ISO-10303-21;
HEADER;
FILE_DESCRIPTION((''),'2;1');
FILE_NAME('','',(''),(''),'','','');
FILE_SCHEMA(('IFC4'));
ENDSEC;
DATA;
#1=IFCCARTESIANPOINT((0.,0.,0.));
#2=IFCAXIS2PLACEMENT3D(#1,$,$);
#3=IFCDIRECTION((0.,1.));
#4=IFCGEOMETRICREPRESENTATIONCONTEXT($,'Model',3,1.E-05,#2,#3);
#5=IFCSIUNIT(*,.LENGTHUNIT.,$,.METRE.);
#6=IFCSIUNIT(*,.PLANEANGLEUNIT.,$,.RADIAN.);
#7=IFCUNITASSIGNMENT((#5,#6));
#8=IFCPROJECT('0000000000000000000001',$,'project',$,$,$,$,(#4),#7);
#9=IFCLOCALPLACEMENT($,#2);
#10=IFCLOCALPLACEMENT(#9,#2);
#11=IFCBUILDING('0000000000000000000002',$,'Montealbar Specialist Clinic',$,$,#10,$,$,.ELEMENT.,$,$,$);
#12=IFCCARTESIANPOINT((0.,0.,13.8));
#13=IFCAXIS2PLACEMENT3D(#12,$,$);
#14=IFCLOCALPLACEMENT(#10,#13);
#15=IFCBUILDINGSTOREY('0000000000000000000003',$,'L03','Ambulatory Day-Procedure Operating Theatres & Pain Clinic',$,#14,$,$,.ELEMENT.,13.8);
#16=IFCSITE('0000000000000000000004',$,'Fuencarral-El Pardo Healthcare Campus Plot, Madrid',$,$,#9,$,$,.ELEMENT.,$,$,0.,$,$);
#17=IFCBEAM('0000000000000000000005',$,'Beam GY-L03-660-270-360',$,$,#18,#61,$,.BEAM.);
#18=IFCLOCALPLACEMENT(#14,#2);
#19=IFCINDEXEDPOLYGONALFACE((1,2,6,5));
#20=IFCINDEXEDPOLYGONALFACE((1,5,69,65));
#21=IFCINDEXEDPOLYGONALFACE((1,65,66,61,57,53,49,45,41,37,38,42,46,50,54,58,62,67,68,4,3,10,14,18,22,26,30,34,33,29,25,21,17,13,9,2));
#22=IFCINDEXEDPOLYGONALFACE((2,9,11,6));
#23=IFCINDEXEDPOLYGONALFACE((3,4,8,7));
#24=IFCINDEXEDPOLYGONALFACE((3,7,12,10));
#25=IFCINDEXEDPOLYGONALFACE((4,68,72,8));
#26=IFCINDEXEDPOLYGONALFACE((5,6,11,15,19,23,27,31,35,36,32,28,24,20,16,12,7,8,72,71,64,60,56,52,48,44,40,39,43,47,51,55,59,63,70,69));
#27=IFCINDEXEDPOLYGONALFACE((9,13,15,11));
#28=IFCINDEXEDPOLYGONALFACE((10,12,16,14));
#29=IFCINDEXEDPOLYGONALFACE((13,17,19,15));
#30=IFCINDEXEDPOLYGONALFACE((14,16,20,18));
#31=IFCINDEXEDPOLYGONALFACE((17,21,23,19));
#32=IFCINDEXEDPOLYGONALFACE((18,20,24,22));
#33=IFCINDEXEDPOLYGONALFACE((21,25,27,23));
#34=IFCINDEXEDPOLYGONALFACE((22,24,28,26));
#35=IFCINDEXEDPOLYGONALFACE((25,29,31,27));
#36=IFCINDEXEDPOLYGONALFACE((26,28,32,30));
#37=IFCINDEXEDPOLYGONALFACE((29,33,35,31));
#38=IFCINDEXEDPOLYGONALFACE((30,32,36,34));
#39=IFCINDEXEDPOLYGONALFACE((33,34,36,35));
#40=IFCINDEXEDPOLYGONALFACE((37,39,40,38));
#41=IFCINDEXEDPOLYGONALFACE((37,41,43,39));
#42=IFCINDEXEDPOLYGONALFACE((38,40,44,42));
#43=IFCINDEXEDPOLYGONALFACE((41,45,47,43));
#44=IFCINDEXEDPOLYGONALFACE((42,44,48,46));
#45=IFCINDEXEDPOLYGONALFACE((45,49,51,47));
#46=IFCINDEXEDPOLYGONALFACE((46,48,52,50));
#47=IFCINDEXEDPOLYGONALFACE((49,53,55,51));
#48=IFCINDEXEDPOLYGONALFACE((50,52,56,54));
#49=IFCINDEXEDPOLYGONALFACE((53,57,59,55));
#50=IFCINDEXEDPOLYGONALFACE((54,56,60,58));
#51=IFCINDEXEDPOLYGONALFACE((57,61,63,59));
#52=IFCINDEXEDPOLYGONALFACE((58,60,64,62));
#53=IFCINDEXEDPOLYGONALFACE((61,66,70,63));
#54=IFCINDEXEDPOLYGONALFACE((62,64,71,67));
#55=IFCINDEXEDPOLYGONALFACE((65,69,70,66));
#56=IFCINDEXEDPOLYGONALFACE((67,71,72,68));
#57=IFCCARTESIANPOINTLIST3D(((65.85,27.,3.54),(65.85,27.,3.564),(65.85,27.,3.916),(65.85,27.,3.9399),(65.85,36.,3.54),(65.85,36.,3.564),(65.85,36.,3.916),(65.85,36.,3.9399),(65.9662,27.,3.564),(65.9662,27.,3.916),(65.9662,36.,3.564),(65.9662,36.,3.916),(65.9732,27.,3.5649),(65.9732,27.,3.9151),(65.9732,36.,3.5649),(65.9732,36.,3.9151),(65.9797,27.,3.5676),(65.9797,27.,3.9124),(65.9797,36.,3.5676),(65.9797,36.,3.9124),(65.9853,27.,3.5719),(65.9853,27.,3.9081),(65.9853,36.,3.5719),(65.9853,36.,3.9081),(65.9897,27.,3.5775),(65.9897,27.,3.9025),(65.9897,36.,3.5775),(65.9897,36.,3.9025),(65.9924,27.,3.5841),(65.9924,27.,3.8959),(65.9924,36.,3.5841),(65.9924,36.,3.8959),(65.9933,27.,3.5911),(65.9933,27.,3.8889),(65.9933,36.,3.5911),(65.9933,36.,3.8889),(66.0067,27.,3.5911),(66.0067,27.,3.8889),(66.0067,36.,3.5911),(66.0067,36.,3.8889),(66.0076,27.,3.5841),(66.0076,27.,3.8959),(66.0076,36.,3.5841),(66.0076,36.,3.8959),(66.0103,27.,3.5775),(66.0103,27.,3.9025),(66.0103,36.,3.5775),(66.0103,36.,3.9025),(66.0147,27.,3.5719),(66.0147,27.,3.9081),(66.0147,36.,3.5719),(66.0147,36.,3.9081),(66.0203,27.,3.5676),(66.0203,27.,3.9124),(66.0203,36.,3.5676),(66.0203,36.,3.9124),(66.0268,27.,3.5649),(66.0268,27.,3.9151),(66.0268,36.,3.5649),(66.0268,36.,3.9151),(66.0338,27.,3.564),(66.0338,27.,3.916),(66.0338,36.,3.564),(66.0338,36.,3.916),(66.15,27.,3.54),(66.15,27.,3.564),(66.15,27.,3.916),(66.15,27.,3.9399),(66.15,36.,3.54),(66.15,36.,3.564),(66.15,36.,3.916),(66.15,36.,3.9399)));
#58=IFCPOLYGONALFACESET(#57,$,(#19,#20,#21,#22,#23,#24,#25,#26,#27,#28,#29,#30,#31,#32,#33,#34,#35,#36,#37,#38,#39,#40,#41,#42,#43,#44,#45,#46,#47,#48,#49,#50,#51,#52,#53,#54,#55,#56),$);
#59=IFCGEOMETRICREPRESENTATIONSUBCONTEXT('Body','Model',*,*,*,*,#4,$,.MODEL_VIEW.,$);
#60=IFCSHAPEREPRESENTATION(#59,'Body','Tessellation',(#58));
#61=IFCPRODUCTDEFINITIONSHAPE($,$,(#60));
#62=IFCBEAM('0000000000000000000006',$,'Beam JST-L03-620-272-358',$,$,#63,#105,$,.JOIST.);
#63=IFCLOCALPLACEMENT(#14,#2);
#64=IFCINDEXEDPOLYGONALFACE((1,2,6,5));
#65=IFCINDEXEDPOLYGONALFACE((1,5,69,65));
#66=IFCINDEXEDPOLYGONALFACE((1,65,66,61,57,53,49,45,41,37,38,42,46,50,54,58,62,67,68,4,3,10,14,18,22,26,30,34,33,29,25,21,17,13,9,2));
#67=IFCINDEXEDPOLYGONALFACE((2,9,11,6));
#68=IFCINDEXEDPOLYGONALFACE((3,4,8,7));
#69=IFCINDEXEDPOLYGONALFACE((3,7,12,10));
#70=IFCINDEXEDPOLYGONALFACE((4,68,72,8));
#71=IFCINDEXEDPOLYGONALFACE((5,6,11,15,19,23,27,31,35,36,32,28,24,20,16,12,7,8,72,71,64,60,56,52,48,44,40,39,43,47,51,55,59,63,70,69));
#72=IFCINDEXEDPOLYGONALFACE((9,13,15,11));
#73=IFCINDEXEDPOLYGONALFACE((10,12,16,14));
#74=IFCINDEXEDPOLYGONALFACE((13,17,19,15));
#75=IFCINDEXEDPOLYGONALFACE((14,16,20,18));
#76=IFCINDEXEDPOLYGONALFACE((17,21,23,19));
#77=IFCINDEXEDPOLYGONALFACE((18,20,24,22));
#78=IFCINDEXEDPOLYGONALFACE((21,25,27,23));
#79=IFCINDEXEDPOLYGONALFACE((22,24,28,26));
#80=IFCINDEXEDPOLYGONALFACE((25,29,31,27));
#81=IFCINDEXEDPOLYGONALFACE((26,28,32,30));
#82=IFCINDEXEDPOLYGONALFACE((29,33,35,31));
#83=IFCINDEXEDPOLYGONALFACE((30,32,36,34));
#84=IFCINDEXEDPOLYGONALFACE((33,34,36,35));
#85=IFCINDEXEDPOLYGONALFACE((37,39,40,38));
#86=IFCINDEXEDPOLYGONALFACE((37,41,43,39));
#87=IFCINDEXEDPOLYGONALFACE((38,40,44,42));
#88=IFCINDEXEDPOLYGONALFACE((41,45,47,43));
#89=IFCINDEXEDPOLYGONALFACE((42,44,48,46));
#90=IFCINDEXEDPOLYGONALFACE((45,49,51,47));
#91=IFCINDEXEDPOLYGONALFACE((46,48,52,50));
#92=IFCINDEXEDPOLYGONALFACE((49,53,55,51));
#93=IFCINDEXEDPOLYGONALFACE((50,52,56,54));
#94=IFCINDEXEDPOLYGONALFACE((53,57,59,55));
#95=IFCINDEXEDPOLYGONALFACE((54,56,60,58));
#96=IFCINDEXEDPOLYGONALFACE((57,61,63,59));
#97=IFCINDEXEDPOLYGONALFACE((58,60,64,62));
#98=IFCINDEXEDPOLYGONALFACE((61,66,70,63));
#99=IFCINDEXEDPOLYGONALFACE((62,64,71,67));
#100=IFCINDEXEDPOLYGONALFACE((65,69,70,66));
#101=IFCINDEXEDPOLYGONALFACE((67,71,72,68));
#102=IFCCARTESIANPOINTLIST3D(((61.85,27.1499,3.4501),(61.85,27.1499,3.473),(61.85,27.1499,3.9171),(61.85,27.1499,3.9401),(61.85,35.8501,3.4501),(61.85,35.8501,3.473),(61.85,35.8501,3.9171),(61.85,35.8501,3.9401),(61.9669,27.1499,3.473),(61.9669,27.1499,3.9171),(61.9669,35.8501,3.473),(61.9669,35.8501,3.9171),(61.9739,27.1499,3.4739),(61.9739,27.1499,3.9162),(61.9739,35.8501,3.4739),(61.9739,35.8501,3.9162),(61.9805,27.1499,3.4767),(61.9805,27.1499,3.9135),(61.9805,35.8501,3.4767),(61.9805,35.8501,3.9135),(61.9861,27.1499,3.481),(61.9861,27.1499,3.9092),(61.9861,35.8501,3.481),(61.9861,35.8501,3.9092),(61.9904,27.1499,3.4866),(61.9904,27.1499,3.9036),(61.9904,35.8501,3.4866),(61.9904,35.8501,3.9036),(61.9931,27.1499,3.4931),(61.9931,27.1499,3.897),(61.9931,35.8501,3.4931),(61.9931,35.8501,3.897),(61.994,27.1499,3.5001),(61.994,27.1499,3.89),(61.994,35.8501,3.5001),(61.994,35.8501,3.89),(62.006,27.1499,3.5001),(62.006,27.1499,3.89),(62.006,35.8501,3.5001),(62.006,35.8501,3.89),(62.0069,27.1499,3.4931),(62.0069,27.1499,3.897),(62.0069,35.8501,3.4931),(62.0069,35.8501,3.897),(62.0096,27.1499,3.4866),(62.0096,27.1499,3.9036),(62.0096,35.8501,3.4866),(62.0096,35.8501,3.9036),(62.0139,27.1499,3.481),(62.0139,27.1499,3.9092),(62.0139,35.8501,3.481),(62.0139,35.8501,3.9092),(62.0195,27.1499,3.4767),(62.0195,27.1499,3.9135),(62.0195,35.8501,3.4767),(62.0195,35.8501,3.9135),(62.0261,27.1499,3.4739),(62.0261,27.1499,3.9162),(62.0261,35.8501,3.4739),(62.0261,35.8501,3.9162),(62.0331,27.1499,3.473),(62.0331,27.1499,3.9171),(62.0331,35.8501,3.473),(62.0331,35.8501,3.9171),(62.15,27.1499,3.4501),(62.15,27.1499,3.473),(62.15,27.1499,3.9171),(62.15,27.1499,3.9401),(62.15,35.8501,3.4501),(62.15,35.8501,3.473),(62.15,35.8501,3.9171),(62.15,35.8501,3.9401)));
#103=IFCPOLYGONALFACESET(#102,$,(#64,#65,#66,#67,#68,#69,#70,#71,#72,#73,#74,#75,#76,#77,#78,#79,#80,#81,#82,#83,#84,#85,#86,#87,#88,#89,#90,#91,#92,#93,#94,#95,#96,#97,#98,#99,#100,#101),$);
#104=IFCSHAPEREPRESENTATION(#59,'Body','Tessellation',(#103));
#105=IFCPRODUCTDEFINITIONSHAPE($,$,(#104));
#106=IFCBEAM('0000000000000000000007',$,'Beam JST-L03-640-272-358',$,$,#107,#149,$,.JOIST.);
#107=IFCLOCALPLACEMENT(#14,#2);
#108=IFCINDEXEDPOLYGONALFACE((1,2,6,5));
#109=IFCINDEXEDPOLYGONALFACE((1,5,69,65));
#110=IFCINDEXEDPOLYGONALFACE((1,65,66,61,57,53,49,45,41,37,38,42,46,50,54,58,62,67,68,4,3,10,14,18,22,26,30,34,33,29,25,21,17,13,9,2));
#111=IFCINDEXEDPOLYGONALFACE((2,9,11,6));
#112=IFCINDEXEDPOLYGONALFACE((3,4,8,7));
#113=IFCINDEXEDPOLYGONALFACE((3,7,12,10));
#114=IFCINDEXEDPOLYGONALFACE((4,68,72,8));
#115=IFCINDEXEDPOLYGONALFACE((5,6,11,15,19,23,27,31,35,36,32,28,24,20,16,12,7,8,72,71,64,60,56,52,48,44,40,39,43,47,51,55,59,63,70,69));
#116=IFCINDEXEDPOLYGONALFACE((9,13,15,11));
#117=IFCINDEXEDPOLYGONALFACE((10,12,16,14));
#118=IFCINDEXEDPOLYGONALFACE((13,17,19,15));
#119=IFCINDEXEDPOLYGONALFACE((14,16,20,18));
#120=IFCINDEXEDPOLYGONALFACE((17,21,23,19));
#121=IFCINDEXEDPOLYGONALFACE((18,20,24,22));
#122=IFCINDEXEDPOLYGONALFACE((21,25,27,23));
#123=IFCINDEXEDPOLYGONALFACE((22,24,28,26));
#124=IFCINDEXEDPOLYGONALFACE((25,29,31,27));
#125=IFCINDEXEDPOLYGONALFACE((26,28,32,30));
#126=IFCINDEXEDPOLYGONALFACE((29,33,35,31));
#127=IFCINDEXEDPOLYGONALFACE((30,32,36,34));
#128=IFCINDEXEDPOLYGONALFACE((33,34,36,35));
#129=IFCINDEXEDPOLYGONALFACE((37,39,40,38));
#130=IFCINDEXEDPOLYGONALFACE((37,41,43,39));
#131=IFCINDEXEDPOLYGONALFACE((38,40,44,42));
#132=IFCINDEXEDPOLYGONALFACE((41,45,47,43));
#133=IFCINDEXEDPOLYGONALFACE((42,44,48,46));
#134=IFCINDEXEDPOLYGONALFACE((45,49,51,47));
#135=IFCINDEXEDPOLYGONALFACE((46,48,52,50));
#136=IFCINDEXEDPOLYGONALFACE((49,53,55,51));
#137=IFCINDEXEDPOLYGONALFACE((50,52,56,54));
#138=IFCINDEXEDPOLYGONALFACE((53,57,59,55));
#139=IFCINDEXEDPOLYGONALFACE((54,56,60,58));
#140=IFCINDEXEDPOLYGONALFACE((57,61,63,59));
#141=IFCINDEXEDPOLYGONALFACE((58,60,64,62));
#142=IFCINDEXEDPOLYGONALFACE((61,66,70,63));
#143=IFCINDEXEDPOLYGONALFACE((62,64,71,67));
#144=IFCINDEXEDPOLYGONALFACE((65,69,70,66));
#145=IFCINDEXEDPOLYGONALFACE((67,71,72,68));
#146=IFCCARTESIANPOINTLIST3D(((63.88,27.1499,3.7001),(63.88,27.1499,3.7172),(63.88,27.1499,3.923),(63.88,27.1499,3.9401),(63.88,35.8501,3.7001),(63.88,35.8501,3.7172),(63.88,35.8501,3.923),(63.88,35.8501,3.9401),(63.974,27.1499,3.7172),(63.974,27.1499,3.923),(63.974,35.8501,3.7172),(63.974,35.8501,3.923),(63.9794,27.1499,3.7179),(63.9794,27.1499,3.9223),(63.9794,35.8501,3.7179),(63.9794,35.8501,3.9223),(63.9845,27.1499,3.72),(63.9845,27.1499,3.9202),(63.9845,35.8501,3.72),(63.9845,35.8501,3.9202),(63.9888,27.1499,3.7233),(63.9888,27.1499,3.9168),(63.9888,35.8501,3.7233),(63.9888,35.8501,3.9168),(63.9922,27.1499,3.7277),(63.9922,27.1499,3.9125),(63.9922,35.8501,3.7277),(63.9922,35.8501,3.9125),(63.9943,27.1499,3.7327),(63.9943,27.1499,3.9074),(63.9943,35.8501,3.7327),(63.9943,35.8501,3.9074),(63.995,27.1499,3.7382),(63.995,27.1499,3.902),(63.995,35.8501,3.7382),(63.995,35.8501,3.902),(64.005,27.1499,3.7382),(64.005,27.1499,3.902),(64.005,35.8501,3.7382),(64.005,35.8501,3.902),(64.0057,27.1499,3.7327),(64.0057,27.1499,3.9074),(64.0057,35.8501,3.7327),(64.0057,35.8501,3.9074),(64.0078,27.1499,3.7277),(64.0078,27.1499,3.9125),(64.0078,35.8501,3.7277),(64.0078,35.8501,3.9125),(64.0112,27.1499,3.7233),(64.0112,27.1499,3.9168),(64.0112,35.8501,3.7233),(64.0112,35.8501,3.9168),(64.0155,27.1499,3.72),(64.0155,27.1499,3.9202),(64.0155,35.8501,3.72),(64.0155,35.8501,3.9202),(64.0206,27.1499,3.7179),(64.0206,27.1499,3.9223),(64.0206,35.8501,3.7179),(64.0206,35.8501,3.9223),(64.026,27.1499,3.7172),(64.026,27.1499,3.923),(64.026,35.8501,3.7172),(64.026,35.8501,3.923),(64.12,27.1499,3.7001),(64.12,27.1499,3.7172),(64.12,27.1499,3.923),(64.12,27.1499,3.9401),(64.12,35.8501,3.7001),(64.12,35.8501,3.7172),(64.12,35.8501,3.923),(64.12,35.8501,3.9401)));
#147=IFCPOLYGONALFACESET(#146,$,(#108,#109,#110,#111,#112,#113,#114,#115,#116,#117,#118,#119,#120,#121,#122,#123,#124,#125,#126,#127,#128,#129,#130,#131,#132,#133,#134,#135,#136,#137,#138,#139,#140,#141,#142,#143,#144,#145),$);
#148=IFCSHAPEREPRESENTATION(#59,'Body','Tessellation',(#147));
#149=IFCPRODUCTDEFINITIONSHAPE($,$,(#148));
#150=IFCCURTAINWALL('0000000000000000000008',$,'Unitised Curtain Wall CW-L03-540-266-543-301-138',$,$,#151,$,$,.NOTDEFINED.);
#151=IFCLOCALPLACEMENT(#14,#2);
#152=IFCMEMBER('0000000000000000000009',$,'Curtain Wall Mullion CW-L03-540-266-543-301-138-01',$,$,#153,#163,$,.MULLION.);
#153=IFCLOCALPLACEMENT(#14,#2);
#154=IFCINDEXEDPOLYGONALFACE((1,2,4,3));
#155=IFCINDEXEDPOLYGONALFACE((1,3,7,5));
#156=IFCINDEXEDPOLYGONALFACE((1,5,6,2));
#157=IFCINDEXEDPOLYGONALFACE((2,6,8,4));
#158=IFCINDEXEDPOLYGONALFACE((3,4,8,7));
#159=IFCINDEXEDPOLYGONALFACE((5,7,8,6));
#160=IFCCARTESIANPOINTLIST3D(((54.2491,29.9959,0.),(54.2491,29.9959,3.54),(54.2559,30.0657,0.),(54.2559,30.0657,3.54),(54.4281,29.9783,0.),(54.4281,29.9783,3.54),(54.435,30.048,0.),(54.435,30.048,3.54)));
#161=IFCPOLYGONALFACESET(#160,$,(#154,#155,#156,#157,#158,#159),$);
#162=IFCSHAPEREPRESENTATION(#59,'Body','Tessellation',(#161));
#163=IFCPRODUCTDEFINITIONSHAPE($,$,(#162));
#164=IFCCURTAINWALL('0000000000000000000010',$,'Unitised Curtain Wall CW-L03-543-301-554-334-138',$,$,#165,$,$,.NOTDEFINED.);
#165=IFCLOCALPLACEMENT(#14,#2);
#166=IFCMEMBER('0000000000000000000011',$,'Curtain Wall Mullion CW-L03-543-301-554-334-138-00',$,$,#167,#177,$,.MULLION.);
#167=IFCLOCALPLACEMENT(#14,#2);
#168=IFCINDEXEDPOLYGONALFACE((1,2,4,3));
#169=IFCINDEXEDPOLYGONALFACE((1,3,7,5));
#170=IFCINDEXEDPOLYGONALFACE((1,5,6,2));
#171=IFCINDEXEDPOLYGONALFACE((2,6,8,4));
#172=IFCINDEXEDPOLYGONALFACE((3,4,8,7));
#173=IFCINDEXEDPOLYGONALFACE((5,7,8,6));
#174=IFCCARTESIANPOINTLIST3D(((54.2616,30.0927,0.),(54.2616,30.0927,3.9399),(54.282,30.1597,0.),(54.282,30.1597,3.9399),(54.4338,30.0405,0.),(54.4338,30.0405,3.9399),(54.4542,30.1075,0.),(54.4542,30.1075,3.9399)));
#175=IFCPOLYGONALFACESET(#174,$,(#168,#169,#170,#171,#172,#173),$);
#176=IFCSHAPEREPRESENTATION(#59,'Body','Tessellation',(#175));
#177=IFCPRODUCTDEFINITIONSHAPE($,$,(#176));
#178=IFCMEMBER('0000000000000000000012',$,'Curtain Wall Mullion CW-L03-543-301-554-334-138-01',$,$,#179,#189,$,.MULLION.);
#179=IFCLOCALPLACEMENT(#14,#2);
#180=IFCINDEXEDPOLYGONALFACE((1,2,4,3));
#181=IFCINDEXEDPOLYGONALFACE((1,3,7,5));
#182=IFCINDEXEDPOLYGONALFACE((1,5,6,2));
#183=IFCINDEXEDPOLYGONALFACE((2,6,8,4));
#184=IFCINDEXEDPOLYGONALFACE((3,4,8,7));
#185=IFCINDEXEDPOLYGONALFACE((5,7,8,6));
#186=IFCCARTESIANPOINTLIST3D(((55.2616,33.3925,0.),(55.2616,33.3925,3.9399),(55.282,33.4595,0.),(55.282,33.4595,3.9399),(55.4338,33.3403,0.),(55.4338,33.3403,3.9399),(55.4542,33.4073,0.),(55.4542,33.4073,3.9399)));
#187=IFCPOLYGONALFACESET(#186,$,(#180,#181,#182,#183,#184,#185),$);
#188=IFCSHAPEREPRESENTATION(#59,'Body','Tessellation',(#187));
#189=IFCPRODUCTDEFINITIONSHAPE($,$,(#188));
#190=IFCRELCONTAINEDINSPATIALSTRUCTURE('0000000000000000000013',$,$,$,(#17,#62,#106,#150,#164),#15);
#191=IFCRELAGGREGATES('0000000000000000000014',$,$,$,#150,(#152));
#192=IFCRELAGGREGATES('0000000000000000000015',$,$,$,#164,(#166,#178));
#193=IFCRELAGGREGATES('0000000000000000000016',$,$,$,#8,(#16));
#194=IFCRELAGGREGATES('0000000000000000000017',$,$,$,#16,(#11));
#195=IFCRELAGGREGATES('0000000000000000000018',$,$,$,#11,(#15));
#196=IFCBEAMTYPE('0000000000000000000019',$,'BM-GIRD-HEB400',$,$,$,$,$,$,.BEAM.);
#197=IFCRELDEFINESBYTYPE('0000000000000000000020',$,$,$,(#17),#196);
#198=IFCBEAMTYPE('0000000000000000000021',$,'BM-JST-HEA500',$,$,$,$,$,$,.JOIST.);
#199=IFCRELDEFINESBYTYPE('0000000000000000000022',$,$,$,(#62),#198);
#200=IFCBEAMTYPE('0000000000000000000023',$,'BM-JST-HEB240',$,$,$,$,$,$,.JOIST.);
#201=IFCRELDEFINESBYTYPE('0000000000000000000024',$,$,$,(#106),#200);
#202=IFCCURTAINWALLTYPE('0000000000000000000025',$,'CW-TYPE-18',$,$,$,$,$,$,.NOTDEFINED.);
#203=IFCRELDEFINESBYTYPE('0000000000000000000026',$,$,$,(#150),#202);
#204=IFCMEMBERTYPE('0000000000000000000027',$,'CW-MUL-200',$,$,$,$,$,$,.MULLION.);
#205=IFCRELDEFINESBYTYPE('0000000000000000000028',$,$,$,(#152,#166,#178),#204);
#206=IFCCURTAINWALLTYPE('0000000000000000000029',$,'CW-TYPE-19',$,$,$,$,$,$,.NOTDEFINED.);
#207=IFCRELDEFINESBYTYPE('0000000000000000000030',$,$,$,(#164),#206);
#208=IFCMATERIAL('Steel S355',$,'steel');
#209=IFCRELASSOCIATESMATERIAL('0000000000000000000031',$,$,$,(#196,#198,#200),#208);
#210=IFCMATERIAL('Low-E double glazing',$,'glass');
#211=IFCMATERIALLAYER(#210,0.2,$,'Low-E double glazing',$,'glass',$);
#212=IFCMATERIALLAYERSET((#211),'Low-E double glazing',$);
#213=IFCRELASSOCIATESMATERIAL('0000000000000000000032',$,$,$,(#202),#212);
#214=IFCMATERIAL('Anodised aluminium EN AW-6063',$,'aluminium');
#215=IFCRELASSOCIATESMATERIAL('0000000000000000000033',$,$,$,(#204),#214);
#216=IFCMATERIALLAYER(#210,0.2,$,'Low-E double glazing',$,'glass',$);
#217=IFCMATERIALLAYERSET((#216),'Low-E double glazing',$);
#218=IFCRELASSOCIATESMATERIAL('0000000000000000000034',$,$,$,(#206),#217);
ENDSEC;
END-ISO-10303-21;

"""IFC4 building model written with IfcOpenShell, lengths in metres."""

from ifc_helpers import new_model, si_unit, direction, frame, origin, origin_2d, place, context, subcontext, project, spatial, rectangle, i_section, extrude, material, layer, layer_set, material_profile, profile_set, type_object, element, aggregate, save


model = new_model("IFC4")

# Units and contexts
model_context = context("Model", 3, precision=1e-05, world=origin(), true_north=direction((0.0, 1.0)))
body_context = subcontext(model_context, "Body", "Model", "MODEL_VIEW")
ifc_project = project(units=[si_unit("LENGTHUNIT", "METRE"), si_unit("PLANEANGLEUNIT", "RADIAN")], contexts=[model_context])

# Site, building, storey
site_placement = place(None, origin())
site = spatial("IfcSite", under=ifc_project, at=site_placement, Name="Fuencarral-El Pardo Healthcare Campus Plot, Madrid", CompositionType="ELEMENT", RefElevation=0.0)
building_placement = place(site_placement, origin())
building = spatial("IfcBuilding", under=site, at=building_placement, Name="Montealbar Specialist Clinic", CompositionType="ELEMENT")
storey_placement = place(building_placement, frame((0.0, 0.0, 13.8)))
storey = spatial("IfcBuildingStorey", under=building, at=storey_placement, Name="L03", Description="Ambulatory Day-Procedure Operating Theatres & Pain Clinic", CompositionType="ELEMENT", Elevation=13.8)

# Beams
ifc_material_1 = material(Name="Steel S355", Category="steel")
ifc_material_profile_1 = material_profile(ifc_material_1, i_section(OverallWidth=0.3, OverallDepth=0.3999, WebThickness=0.0134, FlangeThickness=0.0239, FilletRadius=0.0271, at=origin_2d()), Name="HEB 400", Category="steel")
ifc_profile_set_1 = profile_set([ifc_material_profile_1], Name="Steel S355")
beam_type_1 = type_object("IfcBeamType", Name="BM-GIRD-HEB400", PredefinedType="BEAM", material=ifc_profile_set_1)
beam_1_placement = place(storey_placement, frame((66.0, 27.0, 3.74), z_axis=(0.0, 1.0, 0.0), x_axis=(-1.0, 0.0, 0.0)))
element("IfcBeam", 1, at=beam_1_placement, inside=storey, type_object=beam_type_1, Name="Beam GY-L03-660-270-360", PredefinedType="BEAM", context=body_context, shape_type="SweptSolid", body=[
    extrude(i_section(OverallWidth=0.3, OverallDepth=0.3999, WebThickness=0.0134, FlangeThickness=0.0239, FilletRadius=0.0271, at=origin_2d()), origin(), (0.0, 0.0, 1.0), 9.0),
])
ifc_material_profile_2 = material_profile(ifc_material_1, i_section(OverallWidth=0.3, OverallDepth=0.49, WebThickness=0.012, FlangeThickness=0.0229, FilletRadius=0.0271, at=origin_2d()), Name="HEA 500", Category="steel")
ifc_profile_set_2 = profile_set([ifc_material_profile_2], Name="Steel S355")
beam_type_2 = type_object("IfcBeamType", Name="BM-JST-HEA500", PredefinedType="JOIST", material=ifc_profile_set_2)
beam_2_placement = place(storey_placement, frame((62.0, 27.1499, 3.6951), z_axis=(0.0, 1.0, 0.0), x_axis=(-1.0, 0.0, 0.0)))
element("IfcBeam", 2, at=beam_2_placement, inside=storey, type_object=beam_type_2, Name="Beam JST-L03-620-272-358", PredefinedType="JOIST", context=body_context, shape_type="SweptSolid", body=[
    extrude(i_section(OverallWidth=0.3, OverallDepth=0.49, WebThickness=0.012, FlangeThickness=0.0229, FilletRadius=0.0271, at=origin_2d()), origin(), (0.0, 0.0, 1.0), 8.7002),
])
ifc_material_profile_3 = material_profile(ifc_material_1, i_section(OverallWidth=0.24, OverallDepth=0.24, WebThickness=0.01, FlangeThickness=0.0171, FilletRadius=0.021, at=origin_2d()), Name="HEB 240", Category="steel")
ifc_profile_set_3 = profile_set([ifc_material_profile_3], Name="Steel S355")
beam_type_3 = type_object("IfcBeamType", Name="BM-JST-HEB240", PredefinedType="JOIST", material=ifc_profile_set_3)
beam_3_placement = place(storey_placement, frame((64.0, 27.1499, 3.8201), z_axis=(0.0, 1.0, 0.0), x_axis=(-1.0, 0.0, 0.0)))
element("IfcBeam", 3, at=beam_3_placement, inside=storey, type_object=beam_type_3, Name="Beam JST-L03-640-272-358", PredefinedType="JOIST", context=body_context, shape_type="SweptSolid", body=[
    extrude(i_section(OverallWidth=0.24, OverallDepth=0.24, WebThickness=0.01, FlangeThickness=0.0171, FilletRadius=0.021, at=origin_2d()), origin(), (0.0, 0.0, 1.0), 8.7002),
])

# Curtain wall, member
ifc_material_2 = material(Name="Low-E double glazing", Category="glass")
ifc_layer_1 = layer(ifc_material_2, 0.2, Name="Low-E double glazing", Category="glass")
ifc_layer_set_1 = layer_set([ifc_layer_1], Name="Low-E double glazing")
curtain_wall_type_1 = type_object("IfcCurtainWallType", Name="CW-TYPE-18", PredefinedType="NOTDEFINED", material=ifc_layer_set_1)
curtain_wall_1_placement = place(storey_placement, origin())
curtain_wall_1 = element("IfcCurtainWall", 4, at=curtain_wall_1_placement, inside=storey, type_object=curtain_wall_type_1, Name="Unitised Curtain Wall CW-L03-540-266-543-301-138", PredefinedType="NOTDEFINED")
ifc_material_3 = material(Name="Anodised aluminium EN AW-6063", Category="aluminium")
ifc_material_profile_4 = material_profile(ifc_material_3, rectangle(XDim=0.0701, YDim=0.1799, at=origin_2d()), Name="ALU 70x180", Category="aluminium")
ifc_profile_set_4 = profile_set([ifc_material_profile_4], Name="Anodised aluminium EN AW-6063")
member_type_1 = type_object("IfcMemberType", Name="CW-MUL-200", PredefinedType="MULLION", material=ifc_profile_set_4)
member_1_placement = place(storey_placement, frame((54.342, 30.022, 0.0), z_axis=(0.0, 0.0, 1.0), x_axis=(0.098045, 0.995182, 0.0)))
member_1 = element("IfcMember", 5, at=member_1_placement, type_object=member_type_1, Name="Curtain Wall Mullion CW-L03-540-266-543-301-138-01", PredefinedType="MULLION", context=body_context, shape_type="SweptSolid", body=[
    extrude(rectangle(XDim=0.0701, YDim=0.1799, at=origin_2d()), origin(), (0.0, 0.0, 1.0), 3.54),
])

# Curtain wall, members
ifc_layer_2 = layer(ifc_material_2, 0.2, Name="Low-E double glazing", Category="glass")
ifc_layer_set_2 = layer_set([ifc_layer_2], Name="Low-E double glazing")
curtain_wall_type_2 = type_object("IfcCurtainWallType", Name="CW-TYPE-19", PredefinedType="NOTDEFINED", material=ifc_layer_set_2)
curtain_wall_2_placement = place(storey_placement, origin())
curtain_wall_2 = element("IfcCurtainWall", 6, at=curtain_wall_2_placement, inside=storey, type_object=curtain_wall_type_2, Name="Unitised Curtain Wall CW-L03-543-301-554-334-138", PredefinedType="NOTDEFINED")
member_2_placement = place(storey_placement, frame((54.3579, 30.1001, 0.0), z_axis=(0.0, 0.0, 1.0), x_axis=(0.290259, 0.956948, 0.0)))
member_2 = element("IfcMember", 7, at=member_2_placement, type_object=member_type_1, Name="Curtain Wall Mullion CW-L03-543-301-554-334-138-00", PredefinedType="MULLION", context=body_context, shape_type="SweptSolid", body=[
    extrude(rectangle(XDim=0.0701, YDim=0.1799, at=origin_2d()), origin(), (0.0, 0.0, 1.0), 3.9399),
])
member_3_placement = place(storey_placement, frame((55.3579, 33.3999, 0.0), z_axis=(0.0, 0.0, 1.0), x_axis=(0.290259, 0.956948, 0.0)))
member_3 = element("IfcMember", 8, at=member_3_placement, type_object=member_type_1, Name="Curtain Wall Mullion CW-L03-543-301-554-334-138-01", PredefinedType="MULLION", context=body_context, shape_type="SweptSolid", body=[
    extrude(rectangle(XDim=0.0701, YDim=0.1799, at=origin_2d()), origin(), (0.0, 0.0, 1.0), 3.9399),
])

aggregate(curtain_wall_1, [member_1])
aggregate(curtain_wall_2, [member_2, member_3])

save(model, "model.ifc")
